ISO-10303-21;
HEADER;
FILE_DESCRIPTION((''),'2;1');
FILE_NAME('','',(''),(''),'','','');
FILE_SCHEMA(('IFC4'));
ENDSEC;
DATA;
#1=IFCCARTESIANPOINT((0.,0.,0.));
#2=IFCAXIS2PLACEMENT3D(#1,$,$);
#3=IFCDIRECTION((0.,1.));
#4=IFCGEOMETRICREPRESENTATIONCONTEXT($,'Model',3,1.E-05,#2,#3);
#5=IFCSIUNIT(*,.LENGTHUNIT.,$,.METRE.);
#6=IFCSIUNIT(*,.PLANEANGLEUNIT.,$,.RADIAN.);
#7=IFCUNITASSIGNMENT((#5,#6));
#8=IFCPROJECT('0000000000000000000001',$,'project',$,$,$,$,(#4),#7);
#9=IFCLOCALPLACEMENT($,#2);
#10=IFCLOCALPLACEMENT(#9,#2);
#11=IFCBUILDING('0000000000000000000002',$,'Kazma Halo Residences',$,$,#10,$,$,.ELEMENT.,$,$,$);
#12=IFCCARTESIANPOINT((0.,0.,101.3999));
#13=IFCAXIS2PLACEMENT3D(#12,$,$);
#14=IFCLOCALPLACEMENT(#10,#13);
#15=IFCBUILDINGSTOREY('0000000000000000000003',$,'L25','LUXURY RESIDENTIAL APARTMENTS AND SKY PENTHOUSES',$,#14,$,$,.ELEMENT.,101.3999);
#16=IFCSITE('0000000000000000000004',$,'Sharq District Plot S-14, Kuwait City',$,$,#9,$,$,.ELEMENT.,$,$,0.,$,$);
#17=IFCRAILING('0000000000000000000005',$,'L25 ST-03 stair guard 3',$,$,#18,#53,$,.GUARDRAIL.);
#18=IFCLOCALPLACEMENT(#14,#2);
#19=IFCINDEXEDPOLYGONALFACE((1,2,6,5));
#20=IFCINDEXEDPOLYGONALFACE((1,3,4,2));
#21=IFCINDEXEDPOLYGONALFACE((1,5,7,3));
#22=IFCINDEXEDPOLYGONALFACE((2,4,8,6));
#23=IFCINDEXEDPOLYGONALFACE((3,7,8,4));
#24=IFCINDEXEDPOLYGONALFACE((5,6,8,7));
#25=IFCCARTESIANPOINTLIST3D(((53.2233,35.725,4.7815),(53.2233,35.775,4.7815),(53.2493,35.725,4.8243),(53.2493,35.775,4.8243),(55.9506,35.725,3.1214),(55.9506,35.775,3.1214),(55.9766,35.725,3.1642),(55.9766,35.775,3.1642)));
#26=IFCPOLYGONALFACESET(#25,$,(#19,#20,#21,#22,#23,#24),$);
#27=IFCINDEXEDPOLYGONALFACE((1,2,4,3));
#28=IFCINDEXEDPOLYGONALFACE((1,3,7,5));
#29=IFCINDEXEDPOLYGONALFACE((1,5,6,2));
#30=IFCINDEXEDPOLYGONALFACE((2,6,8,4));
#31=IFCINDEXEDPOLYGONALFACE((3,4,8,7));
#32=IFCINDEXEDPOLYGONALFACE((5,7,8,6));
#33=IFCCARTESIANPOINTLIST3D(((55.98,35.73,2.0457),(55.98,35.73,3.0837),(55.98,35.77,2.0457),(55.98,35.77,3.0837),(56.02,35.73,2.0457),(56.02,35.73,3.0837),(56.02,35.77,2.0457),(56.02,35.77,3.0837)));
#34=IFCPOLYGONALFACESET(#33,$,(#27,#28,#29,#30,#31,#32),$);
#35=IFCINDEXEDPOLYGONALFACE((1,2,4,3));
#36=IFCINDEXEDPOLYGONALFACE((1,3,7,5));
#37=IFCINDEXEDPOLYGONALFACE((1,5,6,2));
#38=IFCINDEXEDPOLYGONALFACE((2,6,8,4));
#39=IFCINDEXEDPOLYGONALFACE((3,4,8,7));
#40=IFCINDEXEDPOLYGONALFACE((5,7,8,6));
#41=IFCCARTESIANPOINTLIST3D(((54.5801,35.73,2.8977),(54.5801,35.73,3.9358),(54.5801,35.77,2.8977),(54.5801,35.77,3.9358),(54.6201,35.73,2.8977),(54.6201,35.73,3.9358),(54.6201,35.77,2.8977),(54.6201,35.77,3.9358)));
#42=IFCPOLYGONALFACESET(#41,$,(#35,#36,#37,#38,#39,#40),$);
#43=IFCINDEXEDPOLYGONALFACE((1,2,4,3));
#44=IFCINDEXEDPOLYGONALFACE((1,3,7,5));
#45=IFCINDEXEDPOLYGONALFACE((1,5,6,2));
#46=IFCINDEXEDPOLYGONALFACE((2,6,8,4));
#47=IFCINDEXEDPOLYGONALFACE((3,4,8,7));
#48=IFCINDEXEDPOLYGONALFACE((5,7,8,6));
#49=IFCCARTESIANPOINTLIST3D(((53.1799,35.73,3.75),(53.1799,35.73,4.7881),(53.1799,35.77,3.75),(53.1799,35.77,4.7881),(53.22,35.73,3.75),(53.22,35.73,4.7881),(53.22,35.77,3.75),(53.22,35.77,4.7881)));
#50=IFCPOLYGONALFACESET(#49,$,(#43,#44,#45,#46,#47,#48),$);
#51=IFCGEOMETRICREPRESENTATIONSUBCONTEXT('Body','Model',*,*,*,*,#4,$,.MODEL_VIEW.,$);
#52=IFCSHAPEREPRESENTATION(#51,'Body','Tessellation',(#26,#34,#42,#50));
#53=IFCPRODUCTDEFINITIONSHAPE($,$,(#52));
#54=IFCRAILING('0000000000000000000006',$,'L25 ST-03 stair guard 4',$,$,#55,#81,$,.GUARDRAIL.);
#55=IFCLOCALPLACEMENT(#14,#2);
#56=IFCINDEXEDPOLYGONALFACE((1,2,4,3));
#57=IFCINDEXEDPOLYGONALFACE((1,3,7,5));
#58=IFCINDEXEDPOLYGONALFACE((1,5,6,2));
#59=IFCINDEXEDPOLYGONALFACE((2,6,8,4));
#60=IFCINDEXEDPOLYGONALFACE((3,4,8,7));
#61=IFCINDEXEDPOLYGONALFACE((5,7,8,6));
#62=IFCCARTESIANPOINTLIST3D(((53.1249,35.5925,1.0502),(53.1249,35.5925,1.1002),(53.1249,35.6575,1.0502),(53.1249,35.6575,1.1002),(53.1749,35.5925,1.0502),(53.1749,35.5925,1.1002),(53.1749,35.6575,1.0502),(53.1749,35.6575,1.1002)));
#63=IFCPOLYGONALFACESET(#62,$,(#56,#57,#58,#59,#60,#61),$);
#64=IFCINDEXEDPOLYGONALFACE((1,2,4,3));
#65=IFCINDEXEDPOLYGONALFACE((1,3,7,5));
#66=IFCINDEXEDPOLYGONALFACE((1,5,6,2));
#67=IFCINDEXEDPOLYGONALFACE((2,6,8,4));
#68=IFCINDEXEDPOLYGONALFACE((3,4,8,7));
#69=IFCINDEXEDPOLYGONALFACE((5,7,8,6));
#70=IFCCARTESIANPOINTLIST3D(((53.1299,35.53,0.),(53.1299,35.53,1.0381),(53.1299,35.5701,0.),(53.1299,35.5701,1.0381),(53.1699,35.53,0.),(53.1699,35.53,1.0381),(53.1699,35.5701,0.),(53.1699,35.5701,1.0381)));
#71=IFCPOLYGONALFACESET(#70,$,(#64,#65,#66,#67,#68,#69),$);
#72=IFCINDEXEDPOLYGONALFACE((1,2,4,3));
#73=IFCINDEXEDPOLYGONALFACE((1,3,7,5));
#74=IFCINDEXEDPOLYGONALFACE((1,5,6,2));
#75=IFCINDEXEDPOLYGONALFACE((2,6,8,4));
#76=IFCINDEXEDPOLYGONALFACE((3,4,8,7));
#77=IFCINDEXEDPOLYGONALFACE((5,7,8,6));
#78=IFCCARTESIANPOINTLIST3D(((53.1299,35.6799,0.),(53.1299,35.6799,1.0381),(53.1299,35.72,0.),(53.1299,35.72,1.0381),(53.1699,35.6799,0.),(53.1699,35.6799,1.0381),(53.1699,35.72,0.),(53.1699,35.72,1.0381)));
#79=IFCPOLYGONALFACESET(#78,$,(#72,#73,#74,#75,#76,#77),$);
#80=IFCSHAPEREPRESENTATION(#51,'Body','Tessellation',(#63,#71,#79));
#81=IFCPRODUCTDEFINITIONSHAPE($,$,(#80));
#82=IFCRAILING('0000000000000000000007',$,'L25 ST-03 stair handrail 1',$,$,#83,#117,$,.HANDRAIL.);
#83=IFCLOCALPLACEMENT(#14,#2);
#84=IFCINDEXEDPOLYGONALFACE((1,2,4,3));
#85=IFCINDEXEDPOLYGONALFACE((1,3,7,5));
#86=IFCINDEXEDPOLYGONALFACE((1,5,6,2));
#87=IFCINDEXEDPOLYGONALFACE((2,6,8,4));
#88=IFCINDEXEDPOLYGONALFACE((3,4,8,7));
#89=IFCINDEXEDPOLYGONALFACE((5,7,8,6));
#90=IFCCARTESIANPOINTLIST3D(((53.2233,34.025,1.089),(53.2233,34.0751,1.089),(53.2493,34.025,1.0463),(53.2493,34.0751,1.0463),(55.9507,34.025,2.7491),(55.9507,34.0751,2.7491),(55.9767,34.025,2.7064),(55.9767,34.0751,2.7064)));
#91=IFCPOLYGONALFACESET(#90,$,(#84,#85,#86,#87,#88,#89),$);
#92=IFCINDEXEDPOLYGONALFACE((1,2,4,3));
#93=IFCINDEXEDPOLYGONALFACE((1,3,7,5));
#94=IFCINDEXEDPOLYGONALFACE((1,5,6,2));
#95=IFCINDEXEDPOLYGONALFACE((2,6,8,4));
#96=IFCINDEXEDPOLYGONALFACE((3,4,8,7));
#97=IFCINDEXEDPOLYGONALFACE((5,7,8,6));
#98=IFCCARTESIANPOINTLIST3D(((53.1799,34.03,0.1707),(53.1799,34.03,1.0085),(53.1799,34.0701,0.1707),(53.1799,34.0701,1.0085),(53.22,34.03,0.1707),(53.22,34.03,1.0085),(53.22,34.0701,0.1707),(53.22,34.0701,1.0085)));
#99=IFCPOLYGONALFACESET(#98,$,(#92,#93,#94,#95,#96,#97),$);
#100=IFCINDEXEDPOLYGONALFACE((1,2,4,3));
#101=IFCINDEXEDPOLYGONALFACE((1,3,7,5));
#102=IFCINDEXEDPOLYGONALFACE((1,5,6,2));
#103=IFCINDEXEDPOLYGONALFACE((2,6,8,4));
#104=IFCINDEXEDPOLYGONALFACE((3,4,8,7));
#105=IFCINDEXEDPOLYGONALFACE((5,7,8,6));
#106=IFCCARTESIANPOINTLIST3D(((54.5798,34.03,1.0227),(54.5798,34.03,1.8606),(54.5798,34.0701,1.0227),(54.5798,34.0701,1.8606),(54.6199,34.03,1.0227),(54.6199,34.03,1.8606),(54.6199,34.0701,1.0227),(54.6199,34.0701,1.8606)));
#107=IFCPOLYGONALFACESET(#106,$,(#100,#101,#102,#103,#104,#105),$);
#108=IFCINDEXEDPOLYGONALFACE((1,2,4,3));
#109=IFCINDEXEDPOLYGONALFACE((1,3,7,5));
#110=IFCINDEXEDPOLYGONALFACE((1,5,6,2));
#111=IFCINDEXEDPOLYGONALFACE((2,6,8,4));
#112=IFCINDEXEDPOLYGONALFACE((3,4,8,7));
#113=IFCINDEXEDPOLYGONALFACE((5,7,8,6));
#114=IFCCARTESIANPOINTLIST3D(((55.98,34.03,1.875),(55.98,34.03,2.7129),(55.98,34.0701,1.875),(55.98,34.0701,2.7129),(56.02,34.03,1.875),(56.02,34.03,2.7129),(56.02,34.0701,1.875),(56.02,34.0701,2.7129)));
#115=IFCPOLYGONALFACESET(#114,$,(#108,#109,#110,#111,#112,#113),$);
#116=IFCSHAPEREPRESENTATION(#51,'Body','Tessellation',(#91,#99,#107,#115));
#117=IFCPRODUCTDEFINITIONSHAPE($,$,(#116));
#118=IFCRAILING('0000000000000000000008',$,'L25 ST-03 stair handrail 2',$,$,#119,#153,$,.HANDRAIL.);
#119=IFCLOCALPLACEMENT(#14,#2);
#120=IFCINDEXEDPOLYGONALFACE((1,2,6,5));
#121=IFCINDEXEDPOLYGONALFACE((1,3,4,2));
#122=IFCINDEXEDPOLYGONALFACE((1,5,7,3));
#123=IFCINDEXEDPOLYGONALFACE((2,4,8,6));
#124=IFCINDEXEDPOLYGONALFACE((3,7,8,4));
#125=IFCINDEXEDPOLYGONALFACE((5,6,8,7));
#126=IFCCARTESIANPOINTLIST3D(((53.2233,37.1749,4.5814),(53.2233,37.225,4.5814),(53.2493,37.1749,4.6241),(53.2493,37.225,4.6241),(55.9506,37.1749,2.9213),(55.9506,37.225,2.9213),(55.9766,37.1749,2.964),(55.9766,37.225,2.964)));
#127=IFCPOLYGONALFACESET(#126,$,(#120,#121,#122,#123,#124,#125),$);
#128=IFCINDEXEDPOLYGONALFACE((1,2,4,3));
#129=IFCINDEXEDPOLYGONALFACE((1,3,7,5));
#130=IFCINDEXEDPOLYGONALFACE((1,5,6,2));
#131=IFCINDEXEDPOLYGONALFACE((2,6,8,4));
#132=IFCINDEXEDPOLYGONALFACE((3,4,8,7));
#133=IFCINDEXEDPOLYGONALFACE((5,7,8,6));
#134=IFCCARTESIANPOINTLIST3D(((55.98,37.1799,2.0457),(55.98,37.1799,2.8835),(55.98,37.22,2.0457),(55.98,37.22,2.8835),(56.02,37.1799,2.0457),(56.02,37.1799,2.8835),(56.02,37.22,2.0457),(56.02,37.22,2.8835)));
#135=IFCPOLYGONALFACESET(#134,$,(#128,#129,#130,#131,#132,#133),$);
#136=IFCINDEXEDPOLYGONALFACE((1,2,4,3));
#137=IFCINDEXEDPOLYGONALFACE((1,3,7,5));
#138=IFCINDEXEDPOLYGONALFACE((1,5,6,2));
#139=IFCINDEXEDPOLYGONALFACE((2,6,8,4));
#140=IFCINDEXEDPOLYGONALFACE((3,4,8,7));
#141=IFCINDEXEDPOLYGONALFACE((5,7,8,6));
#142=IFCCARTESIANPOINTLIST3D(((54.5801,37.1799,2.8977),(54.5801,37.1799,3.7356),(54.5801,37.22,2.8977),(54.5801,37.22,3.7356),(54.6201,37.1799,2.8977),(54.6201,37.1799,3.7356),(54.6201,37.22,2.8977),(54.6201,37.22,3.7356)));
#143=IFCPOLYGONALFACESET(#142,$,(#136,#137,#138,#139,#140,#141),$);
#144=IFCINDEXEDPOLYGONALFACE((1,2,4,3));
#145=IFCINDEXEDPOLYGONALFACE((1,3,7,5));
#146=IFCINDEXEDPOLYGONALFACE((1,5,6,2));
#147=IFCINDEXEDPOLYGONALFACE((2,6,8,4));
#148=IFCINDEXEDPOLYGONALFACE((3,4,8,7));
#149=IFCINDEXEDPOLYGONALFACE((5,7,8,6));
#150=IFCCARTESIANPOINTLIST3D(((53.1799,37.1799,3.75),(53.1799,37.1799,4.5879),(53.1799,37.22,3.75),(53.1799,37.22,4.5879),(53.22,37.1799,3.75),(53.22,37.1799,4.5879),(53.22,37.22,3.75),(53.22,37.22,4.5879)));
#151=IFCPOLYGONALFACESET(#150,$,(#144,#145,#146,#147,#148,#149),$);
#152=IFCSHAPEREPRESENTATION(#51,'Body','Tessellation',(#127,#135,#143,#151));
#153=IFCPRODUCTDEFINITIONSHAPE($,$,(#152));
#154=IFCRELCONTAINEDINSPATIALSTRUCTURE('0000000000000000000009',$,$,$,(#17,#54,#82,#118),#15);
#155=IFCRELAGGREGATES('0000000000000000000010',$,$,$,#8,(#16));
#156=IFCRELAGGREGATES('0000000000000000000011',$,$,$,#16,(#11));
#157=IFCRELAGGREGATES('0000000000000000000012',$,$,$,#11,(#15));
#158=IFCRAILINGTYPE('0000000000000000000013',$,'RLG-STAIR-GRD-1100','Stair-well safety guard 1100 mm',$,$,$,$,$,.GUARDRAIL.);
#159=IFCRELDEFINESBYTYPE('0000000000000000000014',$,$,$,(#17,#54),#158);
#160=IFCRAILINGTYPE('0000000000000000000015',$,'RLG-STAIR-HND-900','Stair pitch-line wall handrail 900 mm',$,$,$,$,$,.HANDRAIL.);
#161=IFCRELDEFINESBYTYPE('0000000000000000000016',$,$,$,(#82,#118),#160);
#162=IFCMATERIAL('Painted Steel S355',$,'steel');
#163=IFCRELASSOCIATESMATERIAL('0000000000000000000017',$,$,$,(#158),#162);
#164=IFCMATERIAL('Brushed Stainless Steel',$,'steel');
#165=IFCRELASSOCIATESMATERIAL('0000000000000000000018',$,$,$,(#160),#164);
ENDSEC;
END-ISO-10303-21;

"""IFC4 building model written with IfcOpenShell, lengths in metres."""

from ifc_helpers import new_model, si_unit, direction, frame, origin, origin_2d, place, context, subcontext, project, spatial, rectangle, extrude, material, type_object, element, save


model = new_model("IFC4")

# Units and contexts
model_context = context("Model", 3, precision=1e-05, world=origin(), true_north=direction((0.0, 1.0)))
body_context = subcontext(model_context, "Body", "Model", "MODEL_VIEW")
ifc_project = project(units=[si_unit("LENGTHUNIT", "METRE"), si_unit("PLANEANGLEUNIT", "RADIAN")], contexts=[model_context])

# Site, building, storey
site_placement = place(None, origin())
site = spatial("IfcSite", under=ifc_project, at=site_placement, Name="Sharq District Plot S-14, Kuwait City", CompositionType="ELEMENT", RefElevation=0.0)
building_placement = place(site_placement, origin())
building = spatial("IfcBuilding", under=site, at=building_placement, Name="Kazma Halo Residences", CompositionType="ELEMENT")
storey_placement = place(building_placement, frame((0.0, 0.0, 101.3999)))
storey = spatial("IfcBuildingStorey", under=building, at=storey_placement, Name="L25", Description="LUXURY RESIDENTIAL APARTMENTS AND SKY PENTHOUSES", CompositionType="ELEMENT", Elevation=101.3999)

# Railings
ifc_material_1 = material(Name="Painted Steel S355", Category="steel")
railing_type_1 = type_object("IfcRailingType", Name="RLG-STAIR-GRD-1100", Description="Stair-well safety guard 1100 mm", PredefinedType="GUARDRAIL", material=ifc_material_1)
railing_1_placement = place(storey_placement, frame((56.0, 35.75, 2.0457)))
element("IfcRailing", 1, at=railing_1_placement, inside=storey, type_object=railing_type_1, Name="L25 ST-03 stair guard 3", PredefinedType="GUARDRAIL", context=body_context, shape_type="SweptSolid", body=[
    extrude(rectangle(XDim=0.05, YDim=0.05, at=origin_2d()), frame((-0.0364, 0.0, 1.0972), z_axis=(-0.854203, 0.0, 0.51994), x_axis=(0.0, -1.0, 0.0)), (0.0, 0.0, 1.0), 3.1929),
    extrude(rectangle(XDim=0.04, YDim=0.04, at=origin_2d()), origin(), (0.0, 0.0, 1.0), 1.0381),
    extrude(rectangle(XDim=0.04, YDim=0.04, at=origin_2d()), frame((-1.3999, 0.0, 0.8521)), (0.0, 0.0, 1.0), 1.0381),
    extrude(rectangle(XDim=0.04, YDim=0.04, at=origin_2d()), frame((-2.8, 0.0, 1.7043)), (0.0, 0.0, 1.0), 1.0381),
])
railing_2_placement = place(storey_placement, frame((53.1499, 35.55, 0.0)))
element("IfcRailing", 2, at=railing_2_placement, inside=storey, type_object=railing_type_1, Name="L25 ST-03 stair guard 4", PredefinedType="GUARDRAIL", context=body_context, shape_type="SweptSolid", body=[
    extrude(rectangle(XDim=0.05, YDim=0.05, at=origin_2d()), frame((0.0, 0.0425, 1.0752), z_axis=(0.0, 1.0, 0.0), x_axis=(-1.0, 0.0, 0.0)), (0.0, 0.0, 1.0), 0.0649),
    extrude(rectangle(XDim=0.04, YDim=0.04, at=origin_2d()), origin(), (0.0, 0.0, 1.0), 1.0381),
    extrude(rectangle(XDim=0.04, YDim=0.04, at=origin_2d()), frame((0.0, 0.1499, 0.0)), (0.0, 0.0, 1.0), 1.0381),
])
ifc_material_2 = material(Name="Brushed Stainless Steel", Category="steel")
railing_type_2 = type_object("IfcRailingType", Name="RLG-STAIR-HND-900", Description="Stair pitch-line wall handrail 900 mm", PredefinedType="HANDRAIL", material=ifc_material_2)
railing_3_placement = place(storey_placement, frame((53.2, 34.05, 0.1707)))
element("IfcRailing", 3, at=railing_3_placement, inside=storey, type_object=railing_type_2, Name="L25 ST-03 stair handrail 1", PredefinedType="HANDRAIL", context=body_context, shape_type="SweptSolid", body=[
    extrude(rectangle(XDim=0.05, YDim=0.05, at=origin_2d()), frame((0.0364, 0.0, 0.897), z_axis=(0.854203, 0.0, 0.51994), x_axis=(0.0, 1.0, 0.0)), (0.0, 0.0, 1.0), 3.1929),
    extrude(rectangle(XDim=0.04, YDim=0.04, at=origin_2d()), origin(), (0.0, 0.0, 1.0), 0.8379),
    extrude(rectangle(XDim=0.04, YDim=0.04, at=origin_2d()), frame((1.3999, 0.0, 0.8521)), (0.0, 0.0, 1.0), 0.8379),
    extrude(rectangle(XDim=0.04, YDim=0.04, at=origin_2d()), frame((2.8, 0.0, 1.7043)), (0.0, 0.0, 1.0), 0.8379),
])
railing_4_placement = place(storey_placement, frame((56.0, 37.2, 2.0457)))
element("IfcRailing", 4, at=railing_4_placement, inside=storey, type_object=railing_type_2, Name="L25 ST-03 stair handrail 2", PredefinedType="HANDRAIL", context=body_context, shape_type="SweptSolid", body=[
    extrude(rectangle(XDim=0.05, YDim=0.05, at=origin_2d()), frame((-0.0364, 0.0, 0.897), z_axis=(-0.854203, 0.0, 0.51994), x_axis=(0.0, -1.0, 0.0)), (0.0, 0.0, 1.0), 3.1929),
    extrude(rectangle(XDim=0.04, YDim=0.04, at=origin_2d()), origin(), (0.0, 0.0, 1.0), 0.8379),
    extrude(rectangle(XDim=0.04, YDim=0.04, at=origin_2d()), frame((-1.3999, 0.0, 0.8521)), (0.0, 0.0, 1.0), 0.8379),
    extrude(rectangle(XDim=0.04, YDim=0.04, at=origin_2d()), frame((-2.8, 0.0, 1.7043)), (0.0, 0.0, 1.0), 0.8379),
])

save(model, "model.ifc")
